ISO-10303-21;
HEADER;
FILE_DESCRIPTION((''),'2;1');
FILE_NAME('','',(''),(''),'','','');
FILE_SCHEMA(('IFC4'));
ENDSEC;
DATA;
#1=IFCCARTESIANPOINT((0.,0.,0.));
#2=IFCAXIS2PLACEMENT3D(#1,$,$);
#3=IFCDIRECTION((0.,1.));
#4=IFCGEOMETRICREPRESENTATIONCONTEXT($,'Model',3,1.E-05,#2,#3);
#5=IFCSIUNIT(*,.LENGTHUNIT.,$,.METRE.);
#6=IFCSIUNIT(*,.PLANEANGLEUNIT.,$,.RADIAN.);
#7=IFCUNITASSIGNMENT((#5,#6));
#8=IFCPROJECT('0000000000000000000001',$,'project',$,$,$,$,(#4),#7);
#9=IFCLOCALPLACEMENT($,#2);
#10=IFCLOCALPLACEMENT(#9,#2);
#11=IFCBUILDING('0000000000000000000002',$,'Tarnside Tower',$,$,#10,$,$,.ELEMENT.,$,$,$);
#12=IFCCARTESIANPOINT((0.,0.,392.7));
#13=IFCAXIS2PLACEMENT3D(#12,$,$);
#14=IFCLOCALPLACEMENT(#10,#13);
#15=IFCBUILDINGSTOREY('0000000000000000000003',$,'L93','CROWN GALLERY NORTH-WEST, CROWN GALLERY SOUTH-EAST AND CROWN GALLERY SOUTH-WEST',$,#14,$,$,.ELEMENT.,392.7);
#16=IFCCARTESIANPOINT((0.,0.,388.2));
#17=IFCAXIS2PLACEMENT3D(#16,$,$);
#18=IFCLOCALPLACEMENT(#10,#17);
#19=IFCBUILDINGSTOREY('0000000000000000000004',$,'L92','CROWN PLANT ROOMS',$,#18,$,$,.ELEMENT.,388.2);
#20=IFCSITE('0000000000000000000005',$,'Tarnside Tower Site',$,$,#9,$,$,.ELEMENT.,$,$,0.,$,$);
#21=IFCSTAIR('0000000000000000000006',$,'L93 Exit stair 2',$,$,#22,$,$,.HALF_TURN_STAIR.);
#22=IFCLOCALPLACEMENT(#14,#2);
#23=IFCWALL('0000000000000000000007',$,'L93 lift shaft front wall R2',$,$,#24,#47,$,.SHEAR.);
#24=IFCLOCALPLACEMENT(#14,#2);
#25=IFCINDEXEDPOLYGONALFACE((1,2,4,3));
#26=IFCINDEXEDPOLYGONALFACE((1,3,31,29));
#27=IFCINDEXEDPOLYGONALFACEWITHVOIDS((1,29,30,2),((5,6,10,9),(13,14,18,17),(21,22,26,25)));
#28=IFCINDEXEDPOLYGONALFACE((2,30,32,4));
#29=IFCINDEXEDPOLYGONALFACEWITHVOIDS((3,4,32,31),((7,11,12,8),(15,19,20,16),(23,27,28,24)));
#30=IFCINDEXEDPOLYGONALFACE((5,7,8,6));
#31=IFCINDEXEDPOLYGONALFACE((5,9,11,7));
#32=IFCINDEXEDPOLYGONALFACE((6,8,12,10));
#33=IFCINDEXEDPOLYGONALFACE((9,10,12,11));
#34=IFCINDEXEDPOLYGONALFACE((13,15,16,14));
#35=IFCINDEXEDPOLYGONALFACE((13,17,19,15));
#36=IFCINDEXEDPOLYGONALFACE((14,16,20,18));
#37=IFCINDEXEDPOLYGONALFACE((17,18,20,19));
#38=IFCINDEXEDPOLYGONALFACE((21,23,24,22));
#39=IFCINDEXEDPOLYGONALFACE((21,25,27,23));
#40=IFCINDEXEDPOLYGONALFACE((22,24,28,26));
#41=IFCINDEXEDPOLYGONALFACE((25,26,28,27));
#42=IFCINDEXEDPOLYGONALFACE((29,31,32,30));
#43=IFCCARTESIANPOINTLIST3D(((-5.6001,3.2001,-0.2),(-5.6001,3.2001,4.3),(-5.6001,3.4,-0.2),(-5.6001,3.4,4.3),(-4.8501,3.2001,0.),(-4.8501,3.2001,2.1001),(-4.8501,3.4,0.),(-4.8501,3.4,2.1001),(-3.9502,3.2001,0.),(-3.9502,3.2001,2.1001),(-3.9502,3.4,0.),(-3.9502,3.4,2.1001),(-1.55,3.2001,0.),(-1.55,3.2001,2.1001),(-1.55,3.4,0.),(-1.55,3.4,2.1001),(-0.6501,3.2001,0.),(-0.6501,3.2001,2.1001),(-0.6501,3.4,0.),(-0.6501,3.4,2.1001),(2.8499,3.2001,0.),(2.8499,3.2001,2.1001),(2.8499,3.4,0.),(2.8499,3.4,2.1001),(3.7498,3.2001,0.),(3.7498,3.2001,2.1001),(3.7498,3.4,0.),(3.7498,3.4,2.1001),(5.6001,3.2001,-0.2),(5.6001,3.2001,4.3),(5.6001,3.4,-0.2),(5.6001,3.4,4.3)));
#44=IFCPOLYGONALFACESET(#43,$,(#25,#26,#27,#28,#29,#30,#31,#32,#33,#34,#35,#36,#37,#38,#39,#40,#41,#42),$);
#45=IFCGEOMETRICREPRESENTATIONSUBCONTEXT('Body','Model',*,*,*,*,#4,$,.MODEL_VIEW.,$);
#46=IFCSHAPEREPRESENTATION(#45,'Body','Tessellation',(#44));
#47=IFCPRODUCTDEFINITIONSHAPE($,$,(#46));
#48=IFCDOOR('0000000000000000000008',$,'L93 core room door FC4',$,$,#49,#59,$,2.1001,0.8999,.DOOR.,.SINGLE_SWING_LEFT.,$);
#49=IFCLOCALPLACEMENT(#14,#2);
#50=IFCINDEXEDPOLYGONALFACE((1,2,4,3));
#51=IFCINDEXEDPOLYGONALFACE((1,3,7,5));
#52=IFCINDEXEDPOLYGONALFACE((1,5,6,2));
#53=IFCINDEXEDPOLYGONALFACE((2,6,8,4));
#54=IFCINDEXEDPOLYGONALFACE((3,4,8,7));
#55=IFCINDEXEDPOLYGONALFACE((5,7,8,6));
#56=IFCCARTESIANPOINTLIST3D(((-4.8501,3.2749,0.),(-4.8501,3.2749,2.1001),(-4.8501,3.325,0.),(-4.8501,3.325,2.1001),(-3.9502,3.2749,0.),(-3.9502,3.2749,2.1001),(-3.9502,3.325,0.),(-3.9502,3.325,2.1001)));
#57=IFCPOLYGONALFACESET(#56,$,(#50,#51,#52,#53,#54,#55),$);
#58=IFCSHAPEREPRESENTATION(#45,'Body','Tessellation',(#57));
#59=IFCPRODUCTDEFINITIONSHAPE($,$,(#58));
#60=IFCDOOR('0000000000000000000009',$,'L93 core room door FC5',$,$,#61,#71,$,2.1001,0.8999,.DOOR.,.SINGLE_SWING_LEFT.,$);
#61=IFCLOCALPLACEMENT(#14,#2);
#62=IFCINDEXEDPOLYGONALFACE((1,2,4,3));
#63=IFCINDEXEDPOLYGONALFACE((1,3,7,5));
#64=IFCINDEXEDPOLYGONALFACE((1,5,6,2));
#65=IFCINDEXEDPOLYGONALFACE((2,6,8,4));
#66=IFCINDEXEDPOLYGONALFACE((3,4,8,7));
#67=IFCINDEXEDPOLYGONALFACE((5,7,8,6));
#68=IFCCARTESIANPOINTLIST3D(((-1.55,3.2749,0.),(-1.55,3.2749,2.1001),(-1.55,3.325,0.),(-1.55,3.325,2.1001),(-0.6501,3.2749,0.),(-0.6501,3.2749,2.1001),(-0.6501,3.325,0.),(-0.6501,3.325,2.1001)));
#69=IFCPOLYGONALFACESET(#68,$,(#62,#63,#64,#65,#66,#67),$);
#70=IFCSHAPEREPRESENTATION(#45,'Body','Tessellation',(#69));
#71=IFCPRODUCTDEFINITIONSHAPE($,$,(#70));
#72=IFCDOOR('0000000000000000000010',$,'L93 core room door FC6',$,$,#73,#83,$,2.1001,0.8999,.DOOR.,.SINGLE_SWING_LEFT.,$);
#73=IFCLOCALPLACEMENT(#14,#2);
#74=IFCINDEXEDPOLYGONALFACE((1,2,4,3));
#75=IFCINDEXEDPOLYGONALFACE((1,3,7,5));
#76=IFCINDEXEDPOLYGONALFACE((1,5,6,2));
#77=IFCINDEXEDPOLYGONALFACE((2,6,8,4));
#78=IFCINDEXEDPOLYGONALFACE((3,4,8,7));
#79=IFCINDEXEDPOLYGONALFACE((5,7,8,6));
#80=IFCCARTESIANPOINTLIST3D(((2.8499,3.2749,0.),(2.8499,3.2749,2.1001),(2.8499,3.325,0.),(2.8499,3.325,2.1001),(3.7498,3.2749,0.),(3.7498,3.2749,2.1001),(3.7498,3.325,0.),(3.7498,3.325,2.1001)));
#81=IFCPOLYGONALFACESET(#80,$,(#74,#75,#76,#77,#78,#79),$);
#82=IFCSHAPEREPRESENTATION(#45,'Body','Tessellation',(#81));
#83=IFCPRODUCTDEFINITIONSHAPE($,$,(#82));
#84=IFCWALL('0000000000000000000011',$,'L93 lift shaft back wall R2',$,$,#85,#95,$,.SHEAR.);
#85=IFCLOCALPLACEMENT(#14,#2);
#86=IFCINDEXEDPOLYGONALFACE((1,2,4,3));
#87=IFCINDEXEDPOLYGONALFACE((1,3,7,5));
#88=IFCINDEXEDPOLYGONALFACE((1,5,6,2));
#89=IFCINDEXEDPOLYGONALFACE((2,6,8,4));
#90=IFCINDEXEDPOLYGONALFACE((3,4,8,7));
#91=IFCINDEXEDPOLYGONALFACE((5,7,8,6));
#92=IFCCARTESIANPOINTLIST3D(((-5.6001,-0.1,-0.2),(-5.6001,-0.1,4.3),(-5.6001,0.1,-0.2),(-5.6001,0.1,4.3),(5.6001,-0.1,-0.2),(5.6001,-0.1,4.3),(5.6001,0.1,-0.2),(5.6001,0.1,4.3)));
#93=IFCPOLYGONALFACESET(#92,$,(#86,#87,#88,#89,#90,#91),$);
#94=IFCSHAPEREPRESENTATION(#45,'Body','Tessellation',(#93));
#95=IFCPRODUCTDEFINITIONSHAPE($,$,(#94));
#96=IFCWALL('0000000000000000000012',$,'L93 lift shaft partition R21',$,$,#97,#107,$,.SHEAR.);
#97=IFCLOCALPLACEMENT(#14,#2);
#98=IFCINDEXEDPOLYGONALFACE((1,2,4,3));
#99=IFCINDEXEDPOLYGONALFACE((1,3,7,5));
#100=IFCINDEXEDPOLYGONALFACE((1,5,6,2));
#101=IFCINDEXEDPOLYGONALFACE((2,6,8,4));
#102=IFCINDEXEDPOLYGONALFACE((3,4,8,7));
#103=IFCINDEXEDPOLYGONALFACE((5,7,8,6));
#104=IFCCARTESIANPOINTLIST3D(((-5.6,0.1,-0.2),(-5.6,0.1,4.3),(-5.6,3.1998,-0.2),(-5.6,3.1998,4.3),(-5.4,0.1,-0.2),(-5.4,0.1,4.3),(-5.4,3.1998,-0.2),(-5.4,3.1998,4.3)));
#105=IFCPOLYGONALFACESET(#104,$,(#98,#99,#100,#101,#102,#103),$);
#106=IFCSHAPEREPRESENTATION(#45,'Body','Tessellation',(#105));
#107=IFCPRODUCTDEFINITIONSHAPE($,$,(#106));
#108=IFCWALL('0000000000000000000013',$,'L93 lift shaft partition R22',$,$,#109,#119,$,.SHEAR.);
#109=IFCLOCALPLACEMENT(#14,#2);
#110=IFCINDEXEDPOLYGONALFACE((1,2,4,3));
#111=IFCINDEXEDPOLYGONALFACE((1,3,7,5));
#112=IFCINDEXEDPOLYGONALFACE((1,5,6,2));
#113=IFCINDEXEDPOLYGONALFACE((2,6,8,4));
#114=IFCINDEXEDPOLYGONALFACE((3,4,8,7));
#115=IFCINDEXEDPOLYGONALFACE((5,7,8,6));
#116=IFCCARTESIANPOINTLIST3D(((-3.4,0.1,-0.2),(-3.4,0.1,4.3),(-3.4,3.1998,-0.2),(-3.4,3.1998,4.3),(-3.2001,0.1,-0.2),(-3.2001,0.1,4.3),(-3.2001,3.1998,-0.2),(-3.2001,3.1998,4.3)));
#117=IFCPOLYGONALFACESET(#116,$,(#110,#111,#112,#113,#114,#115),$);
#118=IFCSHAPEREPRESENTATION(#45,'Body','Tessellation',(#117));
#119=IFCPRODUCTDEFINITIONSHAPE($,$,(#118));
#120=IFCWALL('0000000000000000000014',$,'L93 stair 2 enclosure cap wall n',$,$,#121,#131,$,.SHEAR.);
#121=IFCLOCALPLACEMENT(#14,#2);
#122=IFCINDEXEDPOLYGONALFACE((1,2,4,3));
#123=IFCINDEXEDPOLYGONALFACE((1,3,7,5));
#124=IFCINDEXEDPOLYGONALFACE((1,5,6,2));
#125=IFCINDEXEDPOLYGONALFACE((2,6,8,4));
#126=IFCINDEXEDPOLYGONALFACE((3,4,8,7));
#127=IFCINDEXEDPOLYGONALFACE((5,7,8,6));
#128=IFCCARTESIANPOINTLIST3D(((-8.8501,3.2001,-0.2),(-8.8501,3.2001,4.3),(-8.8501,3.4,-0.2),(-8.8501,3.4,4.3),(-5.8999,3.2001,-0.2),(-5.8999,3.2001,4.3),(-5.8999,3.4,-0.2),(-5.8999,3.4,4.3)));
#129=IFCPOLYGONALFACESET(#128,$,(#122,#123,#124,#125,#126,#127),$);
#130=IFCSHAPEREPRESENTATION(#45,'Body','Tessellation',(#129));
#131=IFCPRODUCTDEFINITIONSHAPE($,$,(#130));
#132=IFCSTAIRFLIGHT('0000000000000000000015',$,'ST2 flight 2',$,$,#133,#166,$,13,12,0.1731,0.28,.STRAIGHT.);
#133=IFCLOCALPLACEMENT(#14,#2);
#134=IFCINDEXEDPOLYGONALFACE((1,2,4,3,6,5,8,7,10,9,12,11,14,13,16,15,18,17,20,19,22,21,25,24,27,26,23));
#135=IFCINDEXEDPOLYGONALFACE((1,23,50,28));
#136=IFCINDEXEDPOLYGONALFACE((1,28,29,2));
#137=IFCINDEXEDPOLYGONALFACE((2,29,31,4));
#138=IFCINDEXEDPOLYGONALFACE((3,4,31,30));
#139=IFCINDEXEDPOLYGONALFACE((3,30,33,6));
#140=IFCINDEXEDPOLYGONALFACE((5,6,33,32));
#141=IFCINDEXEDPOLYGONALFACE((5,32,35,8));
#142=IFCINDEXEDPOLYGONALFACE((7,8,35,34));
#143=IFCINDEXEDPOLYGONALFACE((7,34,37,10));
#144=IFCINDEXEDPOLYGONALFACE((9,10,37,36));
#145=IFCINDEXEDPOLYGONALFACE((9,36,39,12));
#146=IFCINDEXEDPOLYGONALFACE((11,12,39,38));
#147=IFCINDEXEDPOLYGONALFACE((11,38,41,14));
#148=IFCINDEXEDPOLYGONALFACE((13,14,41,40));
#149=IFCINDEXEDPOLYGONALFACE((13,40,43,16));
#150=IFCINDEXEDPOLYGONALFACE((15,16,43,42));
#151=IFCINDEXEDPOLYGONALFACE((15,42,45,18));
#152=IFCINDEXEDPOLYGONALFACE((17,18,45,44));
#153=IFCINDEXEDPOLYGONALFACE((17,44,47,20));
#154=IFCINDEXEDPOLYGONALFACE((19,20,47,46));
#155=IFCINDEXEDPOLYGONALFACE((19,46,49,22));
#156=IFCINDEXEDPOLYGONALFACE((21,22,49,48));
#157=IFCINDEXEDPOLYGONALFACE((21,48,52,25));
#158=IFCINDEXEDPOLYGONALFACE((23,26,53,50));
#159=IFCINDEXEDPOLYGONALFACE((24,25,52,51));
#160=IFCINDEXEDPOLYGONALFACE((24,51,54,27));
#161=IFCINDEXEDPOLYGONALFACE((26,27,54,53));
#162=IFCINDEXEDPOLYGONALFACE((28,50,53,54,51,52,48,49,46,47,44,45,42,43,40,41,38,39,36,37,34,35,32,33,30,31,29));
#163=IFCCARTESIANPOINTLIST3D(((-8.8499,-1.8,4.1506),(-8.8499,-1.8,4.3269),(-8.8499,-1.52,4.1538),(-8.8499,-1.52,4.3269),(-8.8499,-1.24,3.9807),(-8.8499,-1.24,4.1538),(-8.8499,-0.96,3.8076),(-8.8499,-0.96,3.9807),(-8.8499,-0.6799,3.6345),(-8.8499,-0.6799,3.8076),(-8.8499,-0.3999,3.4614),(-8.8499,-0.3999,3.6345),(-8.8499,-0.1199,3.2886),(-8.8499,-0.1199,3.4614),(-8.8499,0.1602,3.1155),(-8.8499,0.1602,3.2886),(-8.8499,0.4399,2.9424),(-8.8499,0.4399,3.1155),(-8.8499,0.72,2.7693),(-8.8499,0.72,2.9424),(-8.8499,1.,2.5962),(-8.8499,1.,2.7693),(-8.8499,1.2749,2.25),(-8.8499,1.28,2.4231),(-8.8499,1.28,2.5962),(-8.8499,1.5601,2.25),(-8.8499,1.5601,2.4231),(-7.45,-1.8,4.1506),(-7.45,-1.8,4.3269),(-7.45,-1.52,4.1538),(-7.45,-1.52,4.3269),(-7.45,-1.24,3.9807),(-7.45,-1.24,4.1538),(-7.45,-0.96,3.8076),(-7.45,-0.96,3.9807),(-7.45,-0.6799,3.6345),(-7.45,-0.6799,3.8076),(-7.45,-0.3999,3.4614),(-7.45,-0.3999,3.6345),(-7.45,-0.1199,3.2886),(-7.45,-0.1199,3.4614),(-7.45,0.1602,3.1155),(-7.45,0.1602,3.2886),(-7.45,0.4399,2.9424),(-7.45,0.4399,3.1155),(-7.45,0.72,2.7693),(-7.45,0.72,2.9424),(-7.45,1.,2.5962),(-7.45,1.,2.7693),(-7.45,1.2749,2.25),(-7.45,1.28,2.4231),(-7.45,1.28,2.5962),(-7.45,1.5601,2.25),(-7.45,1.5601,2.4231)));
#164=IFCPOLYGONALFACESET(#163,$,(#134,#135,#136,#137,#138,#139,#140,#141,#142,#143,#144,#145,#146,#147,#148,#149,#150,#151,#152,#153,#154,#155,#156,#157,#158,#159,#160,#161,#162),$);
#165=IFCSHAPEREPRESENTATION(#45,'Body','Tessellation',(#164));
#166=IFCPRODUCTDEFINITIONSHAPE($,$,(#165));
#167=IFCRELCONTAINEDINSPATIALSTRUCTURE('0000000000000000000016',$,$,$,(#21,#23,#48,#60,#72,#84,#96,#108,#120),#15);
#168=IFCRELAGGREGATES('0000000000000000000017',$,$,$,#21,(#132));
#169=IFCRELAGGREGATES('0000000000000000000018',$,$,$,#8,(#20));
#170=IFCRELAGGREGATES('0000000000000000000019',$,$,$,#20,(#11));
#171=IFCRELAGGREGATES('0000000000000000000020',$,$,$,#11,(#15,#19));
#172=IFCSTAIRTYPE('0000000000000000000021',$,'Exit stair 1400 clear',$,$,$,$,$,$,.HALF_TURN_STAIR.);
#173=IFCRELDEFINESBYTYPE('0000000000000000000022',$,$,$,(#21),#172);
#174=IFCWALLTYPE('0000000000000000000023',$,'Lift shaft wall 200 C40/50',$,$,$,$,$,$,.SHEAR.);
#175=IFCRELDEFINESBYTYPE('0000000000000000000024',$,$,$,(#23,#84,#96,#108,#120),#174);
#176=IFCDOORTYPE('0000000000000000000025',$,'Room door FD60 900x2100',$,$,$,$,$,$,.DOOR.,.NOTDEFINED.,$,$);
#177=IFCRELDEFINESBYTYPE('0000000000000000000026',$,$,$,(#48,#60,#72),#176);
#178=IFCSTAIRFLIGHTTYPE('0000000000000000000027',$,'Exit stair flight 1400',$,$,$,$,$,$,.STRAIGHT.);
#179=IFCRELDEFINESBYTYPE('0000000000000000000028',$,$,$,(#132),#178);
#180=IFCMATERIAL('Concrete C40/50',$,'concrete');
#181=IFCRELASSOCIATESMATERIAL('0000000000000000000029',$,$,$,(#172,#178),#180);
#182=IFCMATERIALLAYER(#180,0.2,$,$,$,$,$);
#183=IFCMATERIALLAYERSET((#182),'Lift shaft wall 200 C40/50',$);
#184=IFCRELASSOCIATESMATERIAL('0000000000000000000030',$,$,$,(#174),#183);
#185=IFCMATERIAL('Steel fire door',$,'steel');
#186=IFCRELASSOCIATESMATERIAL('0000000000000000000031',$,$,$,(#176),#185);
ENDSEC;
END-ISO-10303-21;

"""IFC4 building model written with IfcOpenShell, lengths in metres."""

from ifc_helpers import new_model, si_unit, direction, frame, frame_2d, origin, place, context, subcontext, project, spatial, polyline, rectangle, outline, extrude, material, layer, layer_set, type_object, element, fill, aggregate, save


model = new_model("IFC4")

# Units and contexts
model_context = context("Model", 3, precision=1e-05, world=origin(), true_north=direction((0.0, 1.0)))
body_context = subcontext(model_context, "Body", "Model", "MODEL_VIEW")
ifc_project = project(units=[si_unit("LENGTHUNIT", "METRE"), si_unit("PLANEANGLEUNIT", "RADIAN")], contexts=[model_context])

# Site, building, storey
site_placement = place(None, origin())
site = spatial("IfcSite", under=ifc_project, at=site_placement, Name="Tarnside Tower Site", CompositionType="ELEMENT", RefElevation=0.0)
building_placement = place(site_placement, origin())
building = spatial("IfcBuilding", under=site, at=building_placement, Name="Tarnside Tower", CompositionType="ELEMENT")
storey_1_placement = place(building_placement, frame((0.0, 0.0, 392.7)))
storey_1 = spatial("IfcBuildingStorey", under=building, at=storey_1_placement, Name="L93", Description="CROWN GALLERY NORTH-WEST, CROWN GALLERY SOUTH-EAST AND CROWN GALLERY SOUTH-WEST", CompositionType="ELEMENT", Elevation=392.7)

# Shared definitions
ifc_material_1 = material(Name="Concrete C40/50", Category="concrete")

# Shared definitions
storey_2_placement = place(building_placement, frame((0.0, 0.0, 388.2)))
storey_2 = spatial("IfcBuildingStorey", under=building, at=storey_2_placement, Name="L92", Description="CROWN PLANT ROOMS", CompositionType="ELEMENT", Elevation=388.2)

# Stair
stair_type = type_object("IfcStairType", Name="Exit stair 1400 clear", PredefinedType="HALF_TURN_STAIR", material=ifc_material_1)
stair_1_placement = place(storey_1_placement, origin())
stair_1 = element("IfcStair", 1, at=stair_1_placement, inside=storey_1, type_object=stair_type, Name="L93 Exit stair 2", PredefinedType="HALF_TURN_STAIR")

# Shared definitions
ifc_material_2 = material(Name="Steel fire door", Category="steel")

# Shared definitions
ifc_layer_1 = layer(ifc_material_1, 0.2)
ifc_layer_set_1 = layer_set([ifc_layer_1], Name="Lift shaft wall 200 C40/50")
wall_type_1 = type_object("IfcWallType", Name="Lift shaft wall 200 C40/50", PredefinedType="SHEAR", material=ifc_layer_set_1)
door_type_1 = type_object("IfcDoorType", Name="Room door FD60 900x2100", OperationType="NOTDEFINED", PredefinedType="DOOR", material=ifc_material_2)

# Wall, openings, doors
wall_1_placement = place(storey_1_placement, frame((-5.6001, 3.3, -0.2), z_axis=(0.0, 0.0, 1.0), x_axis=(1.0, 0.0, 0.0)))
wall_1 = element("IfcWall", 2, at=wall_1_placement, inside=storey_1, type_object=wall_type_1, Name="L93 lift shaft front wall R2", PredefinedType="SHEAR", context=body_context, shape_type="SweptSolid", body=[
    extrude(rectangle(XDim=11.2002, YDim=0.2, at=frame_2d((5.6001, 0.0))), origin(), (0.0, 0.0, 1.0), 4.5),
])
opening_1_placement = place(wall_1_placement, frame((0.75, 0.0, 0.2)))
opening_1 = element("IfcOpeningElement", 3, at=opening_1_placement, cuts=wall_1, PredefinedType="OPENING", context=body_context, shape_type="SweptSolid", body=[
    extrude(rectangle(XDim=0.8999, YDim=2.1001, at=frame_2d((0.45, 1.05))), frame((0.0, 0.1099, 0.0), z_axis=(0.0, -1.0, 0.0), x_axis=(1.0, 0.0, 0.0)), (0.0, 0.0, 1.0), 0.22),
])
opening_2_placement = place(wall_1_placement, frame((4.05, 0.0, 0.2)))
opening_2 = element("IfcOpeningElement", 4, at=opening_2_placement, cuts=wall_1, PredefinedType="OPENING", context=body_context, shape_type="SweptSolid", body=[
    extrude(rectangle(XDim=0.8999, YDim=2.1001, at=frame_2d((0.45, 1.05))), frame((0.0, 0.1099, 0.0), z_axis=(0.0, -1.0, 0.0), x_axis=(1.0, 0.0, 0.0)), (0.0, 0.0, 1.0), 0.22),
])
opening_3_placement = place(wall_1_placement, frame((8.45, 0.0, 0.2)))
opening_3 = element("IfcOpeningElement", 5, at=opening_3_placement, cuts=wall_1, PredefinedType="OPENING", context=body_context, shape_type="SweptSolid", body=[
    extrude(rectangle(XDim=0.8999, YDim=2.1001, at=frame_2d((0.45, 1.05))), frame((0.0, 0.1099, 0.0), z_axis=(0.0, -1.0, 0.0), x_axis=(1.0, 0.0, 0.0)), (0.0, 0.0, 1.0), 0.22),
])
door_1_placement = place(opening_1_placement, origin())
door_1 = element("IfcDoor", 6, at=door_1_placement, inside=storey_1, type_object=door_type_1, Name="L93 core room door FC4", OperationType="SINGLE_SWING_LEFT", OverallHeight=2.1001, OverallWidth=0.8999, PredefinedType="DOOR", context=body_context, shape_type="SweptSolid", body=[
    extrude(rectangle(XDim=0.8999, YDim=2.1001, at=frame_2d((0.45, 1.05))), frame((0.0, 0.0249, 0.0), z_axis=(0.0, -1.0, 0.0), x_axis=(1.0, 0.0, 0.0)), (0.0, 0.0, 1.0), 0.05),
])
fill(opening_1, door_1)
door_2_placement = place(opening_2_placement, origin())
door_2 = element("IfcDoor", 7, at=door_2_placement, inside=storey_1, type_object=door_type_1, Name="L93 core room door FC5", OperationType="SINGLE_SWING_LEFT", OverallHeight=2.1001, OverallWidth=0.8999, PredefinedType="DOOR", context=body_context, shape_type="SweptSolid", body=[
    extrude(rectangle(XDim=0.8999, YDim=2.1001, at=frame_2d((0.45, 1.05))), frame((0.0, 0.0249, 0.0), z_axis=(0.0, -1.0, 0.0), x_axis=(1.0, 0.0, 0.0)), (0.0, 0.0, 1.0), 0.05),
])
fill(opening_2, door_2)
door_3_placement = place(opening_3_placement, origin())
door_3 = element("IfcDoor", 8, at=door_3_placement, inside=storey_1, type_object=door_type_1, Name="L93 core room door FC6", OperationType="SINGLE_SWING_LEFT", OverallHeight=2.1001, OverallWidth=0.8999, PredefinedType="DOOR", context=body_context, shape_type="SweptSolid", body=[
    extrude(rectangle(XDim=0.8999, YDim=2.1001, at=frame_2d((0.45, 1.05))), frame((0.0, 0.0249, 0.0), z_axis=(0.0, -1.0, 0.0), x_axis=(1.0, 0.0, 0.0)), (0.0, 0.0, 1.0), 0.05),
])
fill(opening_3, door_3)

# Walls
wall_2_placement = place(storey_1_placement, frame((-5.6001, 0.0, -0.2), z_axis=(0.0, 0.0, 1.0), x_axis=(1.0, 0.0, 0.0)))
element("IfcWall", 9, at=wall_2_placement, inside=storey_1, type_object=wall_type_1, Name="L93 lift shaft back wall R2", PredefinedType="SHEAR", context=body_context, shape_type="SweptSolid", body=[
    extrude(rectangle(XDim=11.2002, YDim=0.2, at=frame_2d((5.6001, 0.0))), origin(), (0.0, 0.0, 1.0), 4.5),
])
for number, where, z_axis, x_axis, name in (
    (10, (-5.5, 0.1001, -0.2), (0.0, 0.0, 1.0), (0.0, 1.0, 0.0), "L93 lift shaft partition R21"),
    (11, (-3.3, 0.1001, -0.2), (0.0, 0.0, 1.0), (0.0, 1.0, 0.0), "L93 lift shaft partition R22"),
):
    element("IfcWall", number, at=place(storey_1_placement, frame(where, z_axis=z_axis, x_axis=x_axis)), inside=storey_1, type_object=wall_type_1, Name=name, PredefinedType="SHEAR", context=body_context, shape_type="SweptSolid", body=[
        extrude(rectangle(XDim=3.0999, YDim=0.2, at=frame_2d((1.5498, 0.0))), origin(), (0.0, 0.0, 1.0), 4.5),
    ])
wall_3_placement = place(storey_1_placement, frame((-8.8501, 3.3, -0.2), z_axis=(0.0, 0.0, 1.0), x_axis=(1.0, 0.0, 0.0)))
element("IfcWall", 12, at=wall_3_placement, inside=storey_1, type_object=wall_type_1, Name="L93 stair 2 enclosure cap wall n", PredefinedType="SHEAR", context=body_context, shape_type="SweptSolid", body=[
    extrude(rectangle(XDim=2.9502, YDim=0.2, at=frame_2d((1.4751, 0.0))), origin(), (0.0, 0.0, 1.0), 4.5),
])

# Stair flight
stair_flight_type = type_object("IfcStairFlightType", Name="Exit stair flight 1400", PredefinedType="STRAIGHT", material=ifc_material_1)
stair_flight_placement = place(storey_1_placement, frame((-8.1499, 1.5601, 2.25), z_axis=(0.0, 0.0, 1.0), x_axis=(0.0, -1.0, 0.0)))
stair_flight = element("IfcStairFlight", 13, at=stair_flight_placement, type_object=stair_flight_type, Name="ST2 flight 2", NumberOfRisers=13, NumberOfTreads=12, PredefinedType="STRAIGHT", RiserHeight=0.1731, TreadLength=0.28, context=body_context, shape_type="SweptSolid", body=[
    extrude(outline(polyline([(0.0, 0.0), (0.0, 0.1731), (0.28, 0.1731), (0.28, 0.3462), (0.5601, 0.3462), (0.5601, 0.5193), (0.8401, 0.5193), (0.8401, 0.6924), (1.1201, 0.6924), (1.1201, 0.8655), (1.3999, 0.8655), (1.3999, 1.0386), (1.6799, 1.0386), (1.6799, 1.2114), (1.96, 1.2114), (1.96, 1.3845), (2.24, 1.3845), (2.24, 1.5576), (2.52, 1.5576), (2.52, 1.7307), (2.8, 1.7307), (2.8, 1.9038), (3.0801, 1.9038), (3.0801, 2.0769), (3.3601, 2.0769), (3.3601, 2.25), (3.3601, 1.9006), (0.2852, 0.0), (0.0, 0.0)])), frame((0.0, 0.7, 0.0), z_axis=(0.0, -1.0, 0.0), x_axis=(1.0, 0.0, 0.0)), (0.0, 0.0, 1.0), 1.3999),
])
aggregate(stair_1, [stair_flight])

save(model, "model.ifc")
